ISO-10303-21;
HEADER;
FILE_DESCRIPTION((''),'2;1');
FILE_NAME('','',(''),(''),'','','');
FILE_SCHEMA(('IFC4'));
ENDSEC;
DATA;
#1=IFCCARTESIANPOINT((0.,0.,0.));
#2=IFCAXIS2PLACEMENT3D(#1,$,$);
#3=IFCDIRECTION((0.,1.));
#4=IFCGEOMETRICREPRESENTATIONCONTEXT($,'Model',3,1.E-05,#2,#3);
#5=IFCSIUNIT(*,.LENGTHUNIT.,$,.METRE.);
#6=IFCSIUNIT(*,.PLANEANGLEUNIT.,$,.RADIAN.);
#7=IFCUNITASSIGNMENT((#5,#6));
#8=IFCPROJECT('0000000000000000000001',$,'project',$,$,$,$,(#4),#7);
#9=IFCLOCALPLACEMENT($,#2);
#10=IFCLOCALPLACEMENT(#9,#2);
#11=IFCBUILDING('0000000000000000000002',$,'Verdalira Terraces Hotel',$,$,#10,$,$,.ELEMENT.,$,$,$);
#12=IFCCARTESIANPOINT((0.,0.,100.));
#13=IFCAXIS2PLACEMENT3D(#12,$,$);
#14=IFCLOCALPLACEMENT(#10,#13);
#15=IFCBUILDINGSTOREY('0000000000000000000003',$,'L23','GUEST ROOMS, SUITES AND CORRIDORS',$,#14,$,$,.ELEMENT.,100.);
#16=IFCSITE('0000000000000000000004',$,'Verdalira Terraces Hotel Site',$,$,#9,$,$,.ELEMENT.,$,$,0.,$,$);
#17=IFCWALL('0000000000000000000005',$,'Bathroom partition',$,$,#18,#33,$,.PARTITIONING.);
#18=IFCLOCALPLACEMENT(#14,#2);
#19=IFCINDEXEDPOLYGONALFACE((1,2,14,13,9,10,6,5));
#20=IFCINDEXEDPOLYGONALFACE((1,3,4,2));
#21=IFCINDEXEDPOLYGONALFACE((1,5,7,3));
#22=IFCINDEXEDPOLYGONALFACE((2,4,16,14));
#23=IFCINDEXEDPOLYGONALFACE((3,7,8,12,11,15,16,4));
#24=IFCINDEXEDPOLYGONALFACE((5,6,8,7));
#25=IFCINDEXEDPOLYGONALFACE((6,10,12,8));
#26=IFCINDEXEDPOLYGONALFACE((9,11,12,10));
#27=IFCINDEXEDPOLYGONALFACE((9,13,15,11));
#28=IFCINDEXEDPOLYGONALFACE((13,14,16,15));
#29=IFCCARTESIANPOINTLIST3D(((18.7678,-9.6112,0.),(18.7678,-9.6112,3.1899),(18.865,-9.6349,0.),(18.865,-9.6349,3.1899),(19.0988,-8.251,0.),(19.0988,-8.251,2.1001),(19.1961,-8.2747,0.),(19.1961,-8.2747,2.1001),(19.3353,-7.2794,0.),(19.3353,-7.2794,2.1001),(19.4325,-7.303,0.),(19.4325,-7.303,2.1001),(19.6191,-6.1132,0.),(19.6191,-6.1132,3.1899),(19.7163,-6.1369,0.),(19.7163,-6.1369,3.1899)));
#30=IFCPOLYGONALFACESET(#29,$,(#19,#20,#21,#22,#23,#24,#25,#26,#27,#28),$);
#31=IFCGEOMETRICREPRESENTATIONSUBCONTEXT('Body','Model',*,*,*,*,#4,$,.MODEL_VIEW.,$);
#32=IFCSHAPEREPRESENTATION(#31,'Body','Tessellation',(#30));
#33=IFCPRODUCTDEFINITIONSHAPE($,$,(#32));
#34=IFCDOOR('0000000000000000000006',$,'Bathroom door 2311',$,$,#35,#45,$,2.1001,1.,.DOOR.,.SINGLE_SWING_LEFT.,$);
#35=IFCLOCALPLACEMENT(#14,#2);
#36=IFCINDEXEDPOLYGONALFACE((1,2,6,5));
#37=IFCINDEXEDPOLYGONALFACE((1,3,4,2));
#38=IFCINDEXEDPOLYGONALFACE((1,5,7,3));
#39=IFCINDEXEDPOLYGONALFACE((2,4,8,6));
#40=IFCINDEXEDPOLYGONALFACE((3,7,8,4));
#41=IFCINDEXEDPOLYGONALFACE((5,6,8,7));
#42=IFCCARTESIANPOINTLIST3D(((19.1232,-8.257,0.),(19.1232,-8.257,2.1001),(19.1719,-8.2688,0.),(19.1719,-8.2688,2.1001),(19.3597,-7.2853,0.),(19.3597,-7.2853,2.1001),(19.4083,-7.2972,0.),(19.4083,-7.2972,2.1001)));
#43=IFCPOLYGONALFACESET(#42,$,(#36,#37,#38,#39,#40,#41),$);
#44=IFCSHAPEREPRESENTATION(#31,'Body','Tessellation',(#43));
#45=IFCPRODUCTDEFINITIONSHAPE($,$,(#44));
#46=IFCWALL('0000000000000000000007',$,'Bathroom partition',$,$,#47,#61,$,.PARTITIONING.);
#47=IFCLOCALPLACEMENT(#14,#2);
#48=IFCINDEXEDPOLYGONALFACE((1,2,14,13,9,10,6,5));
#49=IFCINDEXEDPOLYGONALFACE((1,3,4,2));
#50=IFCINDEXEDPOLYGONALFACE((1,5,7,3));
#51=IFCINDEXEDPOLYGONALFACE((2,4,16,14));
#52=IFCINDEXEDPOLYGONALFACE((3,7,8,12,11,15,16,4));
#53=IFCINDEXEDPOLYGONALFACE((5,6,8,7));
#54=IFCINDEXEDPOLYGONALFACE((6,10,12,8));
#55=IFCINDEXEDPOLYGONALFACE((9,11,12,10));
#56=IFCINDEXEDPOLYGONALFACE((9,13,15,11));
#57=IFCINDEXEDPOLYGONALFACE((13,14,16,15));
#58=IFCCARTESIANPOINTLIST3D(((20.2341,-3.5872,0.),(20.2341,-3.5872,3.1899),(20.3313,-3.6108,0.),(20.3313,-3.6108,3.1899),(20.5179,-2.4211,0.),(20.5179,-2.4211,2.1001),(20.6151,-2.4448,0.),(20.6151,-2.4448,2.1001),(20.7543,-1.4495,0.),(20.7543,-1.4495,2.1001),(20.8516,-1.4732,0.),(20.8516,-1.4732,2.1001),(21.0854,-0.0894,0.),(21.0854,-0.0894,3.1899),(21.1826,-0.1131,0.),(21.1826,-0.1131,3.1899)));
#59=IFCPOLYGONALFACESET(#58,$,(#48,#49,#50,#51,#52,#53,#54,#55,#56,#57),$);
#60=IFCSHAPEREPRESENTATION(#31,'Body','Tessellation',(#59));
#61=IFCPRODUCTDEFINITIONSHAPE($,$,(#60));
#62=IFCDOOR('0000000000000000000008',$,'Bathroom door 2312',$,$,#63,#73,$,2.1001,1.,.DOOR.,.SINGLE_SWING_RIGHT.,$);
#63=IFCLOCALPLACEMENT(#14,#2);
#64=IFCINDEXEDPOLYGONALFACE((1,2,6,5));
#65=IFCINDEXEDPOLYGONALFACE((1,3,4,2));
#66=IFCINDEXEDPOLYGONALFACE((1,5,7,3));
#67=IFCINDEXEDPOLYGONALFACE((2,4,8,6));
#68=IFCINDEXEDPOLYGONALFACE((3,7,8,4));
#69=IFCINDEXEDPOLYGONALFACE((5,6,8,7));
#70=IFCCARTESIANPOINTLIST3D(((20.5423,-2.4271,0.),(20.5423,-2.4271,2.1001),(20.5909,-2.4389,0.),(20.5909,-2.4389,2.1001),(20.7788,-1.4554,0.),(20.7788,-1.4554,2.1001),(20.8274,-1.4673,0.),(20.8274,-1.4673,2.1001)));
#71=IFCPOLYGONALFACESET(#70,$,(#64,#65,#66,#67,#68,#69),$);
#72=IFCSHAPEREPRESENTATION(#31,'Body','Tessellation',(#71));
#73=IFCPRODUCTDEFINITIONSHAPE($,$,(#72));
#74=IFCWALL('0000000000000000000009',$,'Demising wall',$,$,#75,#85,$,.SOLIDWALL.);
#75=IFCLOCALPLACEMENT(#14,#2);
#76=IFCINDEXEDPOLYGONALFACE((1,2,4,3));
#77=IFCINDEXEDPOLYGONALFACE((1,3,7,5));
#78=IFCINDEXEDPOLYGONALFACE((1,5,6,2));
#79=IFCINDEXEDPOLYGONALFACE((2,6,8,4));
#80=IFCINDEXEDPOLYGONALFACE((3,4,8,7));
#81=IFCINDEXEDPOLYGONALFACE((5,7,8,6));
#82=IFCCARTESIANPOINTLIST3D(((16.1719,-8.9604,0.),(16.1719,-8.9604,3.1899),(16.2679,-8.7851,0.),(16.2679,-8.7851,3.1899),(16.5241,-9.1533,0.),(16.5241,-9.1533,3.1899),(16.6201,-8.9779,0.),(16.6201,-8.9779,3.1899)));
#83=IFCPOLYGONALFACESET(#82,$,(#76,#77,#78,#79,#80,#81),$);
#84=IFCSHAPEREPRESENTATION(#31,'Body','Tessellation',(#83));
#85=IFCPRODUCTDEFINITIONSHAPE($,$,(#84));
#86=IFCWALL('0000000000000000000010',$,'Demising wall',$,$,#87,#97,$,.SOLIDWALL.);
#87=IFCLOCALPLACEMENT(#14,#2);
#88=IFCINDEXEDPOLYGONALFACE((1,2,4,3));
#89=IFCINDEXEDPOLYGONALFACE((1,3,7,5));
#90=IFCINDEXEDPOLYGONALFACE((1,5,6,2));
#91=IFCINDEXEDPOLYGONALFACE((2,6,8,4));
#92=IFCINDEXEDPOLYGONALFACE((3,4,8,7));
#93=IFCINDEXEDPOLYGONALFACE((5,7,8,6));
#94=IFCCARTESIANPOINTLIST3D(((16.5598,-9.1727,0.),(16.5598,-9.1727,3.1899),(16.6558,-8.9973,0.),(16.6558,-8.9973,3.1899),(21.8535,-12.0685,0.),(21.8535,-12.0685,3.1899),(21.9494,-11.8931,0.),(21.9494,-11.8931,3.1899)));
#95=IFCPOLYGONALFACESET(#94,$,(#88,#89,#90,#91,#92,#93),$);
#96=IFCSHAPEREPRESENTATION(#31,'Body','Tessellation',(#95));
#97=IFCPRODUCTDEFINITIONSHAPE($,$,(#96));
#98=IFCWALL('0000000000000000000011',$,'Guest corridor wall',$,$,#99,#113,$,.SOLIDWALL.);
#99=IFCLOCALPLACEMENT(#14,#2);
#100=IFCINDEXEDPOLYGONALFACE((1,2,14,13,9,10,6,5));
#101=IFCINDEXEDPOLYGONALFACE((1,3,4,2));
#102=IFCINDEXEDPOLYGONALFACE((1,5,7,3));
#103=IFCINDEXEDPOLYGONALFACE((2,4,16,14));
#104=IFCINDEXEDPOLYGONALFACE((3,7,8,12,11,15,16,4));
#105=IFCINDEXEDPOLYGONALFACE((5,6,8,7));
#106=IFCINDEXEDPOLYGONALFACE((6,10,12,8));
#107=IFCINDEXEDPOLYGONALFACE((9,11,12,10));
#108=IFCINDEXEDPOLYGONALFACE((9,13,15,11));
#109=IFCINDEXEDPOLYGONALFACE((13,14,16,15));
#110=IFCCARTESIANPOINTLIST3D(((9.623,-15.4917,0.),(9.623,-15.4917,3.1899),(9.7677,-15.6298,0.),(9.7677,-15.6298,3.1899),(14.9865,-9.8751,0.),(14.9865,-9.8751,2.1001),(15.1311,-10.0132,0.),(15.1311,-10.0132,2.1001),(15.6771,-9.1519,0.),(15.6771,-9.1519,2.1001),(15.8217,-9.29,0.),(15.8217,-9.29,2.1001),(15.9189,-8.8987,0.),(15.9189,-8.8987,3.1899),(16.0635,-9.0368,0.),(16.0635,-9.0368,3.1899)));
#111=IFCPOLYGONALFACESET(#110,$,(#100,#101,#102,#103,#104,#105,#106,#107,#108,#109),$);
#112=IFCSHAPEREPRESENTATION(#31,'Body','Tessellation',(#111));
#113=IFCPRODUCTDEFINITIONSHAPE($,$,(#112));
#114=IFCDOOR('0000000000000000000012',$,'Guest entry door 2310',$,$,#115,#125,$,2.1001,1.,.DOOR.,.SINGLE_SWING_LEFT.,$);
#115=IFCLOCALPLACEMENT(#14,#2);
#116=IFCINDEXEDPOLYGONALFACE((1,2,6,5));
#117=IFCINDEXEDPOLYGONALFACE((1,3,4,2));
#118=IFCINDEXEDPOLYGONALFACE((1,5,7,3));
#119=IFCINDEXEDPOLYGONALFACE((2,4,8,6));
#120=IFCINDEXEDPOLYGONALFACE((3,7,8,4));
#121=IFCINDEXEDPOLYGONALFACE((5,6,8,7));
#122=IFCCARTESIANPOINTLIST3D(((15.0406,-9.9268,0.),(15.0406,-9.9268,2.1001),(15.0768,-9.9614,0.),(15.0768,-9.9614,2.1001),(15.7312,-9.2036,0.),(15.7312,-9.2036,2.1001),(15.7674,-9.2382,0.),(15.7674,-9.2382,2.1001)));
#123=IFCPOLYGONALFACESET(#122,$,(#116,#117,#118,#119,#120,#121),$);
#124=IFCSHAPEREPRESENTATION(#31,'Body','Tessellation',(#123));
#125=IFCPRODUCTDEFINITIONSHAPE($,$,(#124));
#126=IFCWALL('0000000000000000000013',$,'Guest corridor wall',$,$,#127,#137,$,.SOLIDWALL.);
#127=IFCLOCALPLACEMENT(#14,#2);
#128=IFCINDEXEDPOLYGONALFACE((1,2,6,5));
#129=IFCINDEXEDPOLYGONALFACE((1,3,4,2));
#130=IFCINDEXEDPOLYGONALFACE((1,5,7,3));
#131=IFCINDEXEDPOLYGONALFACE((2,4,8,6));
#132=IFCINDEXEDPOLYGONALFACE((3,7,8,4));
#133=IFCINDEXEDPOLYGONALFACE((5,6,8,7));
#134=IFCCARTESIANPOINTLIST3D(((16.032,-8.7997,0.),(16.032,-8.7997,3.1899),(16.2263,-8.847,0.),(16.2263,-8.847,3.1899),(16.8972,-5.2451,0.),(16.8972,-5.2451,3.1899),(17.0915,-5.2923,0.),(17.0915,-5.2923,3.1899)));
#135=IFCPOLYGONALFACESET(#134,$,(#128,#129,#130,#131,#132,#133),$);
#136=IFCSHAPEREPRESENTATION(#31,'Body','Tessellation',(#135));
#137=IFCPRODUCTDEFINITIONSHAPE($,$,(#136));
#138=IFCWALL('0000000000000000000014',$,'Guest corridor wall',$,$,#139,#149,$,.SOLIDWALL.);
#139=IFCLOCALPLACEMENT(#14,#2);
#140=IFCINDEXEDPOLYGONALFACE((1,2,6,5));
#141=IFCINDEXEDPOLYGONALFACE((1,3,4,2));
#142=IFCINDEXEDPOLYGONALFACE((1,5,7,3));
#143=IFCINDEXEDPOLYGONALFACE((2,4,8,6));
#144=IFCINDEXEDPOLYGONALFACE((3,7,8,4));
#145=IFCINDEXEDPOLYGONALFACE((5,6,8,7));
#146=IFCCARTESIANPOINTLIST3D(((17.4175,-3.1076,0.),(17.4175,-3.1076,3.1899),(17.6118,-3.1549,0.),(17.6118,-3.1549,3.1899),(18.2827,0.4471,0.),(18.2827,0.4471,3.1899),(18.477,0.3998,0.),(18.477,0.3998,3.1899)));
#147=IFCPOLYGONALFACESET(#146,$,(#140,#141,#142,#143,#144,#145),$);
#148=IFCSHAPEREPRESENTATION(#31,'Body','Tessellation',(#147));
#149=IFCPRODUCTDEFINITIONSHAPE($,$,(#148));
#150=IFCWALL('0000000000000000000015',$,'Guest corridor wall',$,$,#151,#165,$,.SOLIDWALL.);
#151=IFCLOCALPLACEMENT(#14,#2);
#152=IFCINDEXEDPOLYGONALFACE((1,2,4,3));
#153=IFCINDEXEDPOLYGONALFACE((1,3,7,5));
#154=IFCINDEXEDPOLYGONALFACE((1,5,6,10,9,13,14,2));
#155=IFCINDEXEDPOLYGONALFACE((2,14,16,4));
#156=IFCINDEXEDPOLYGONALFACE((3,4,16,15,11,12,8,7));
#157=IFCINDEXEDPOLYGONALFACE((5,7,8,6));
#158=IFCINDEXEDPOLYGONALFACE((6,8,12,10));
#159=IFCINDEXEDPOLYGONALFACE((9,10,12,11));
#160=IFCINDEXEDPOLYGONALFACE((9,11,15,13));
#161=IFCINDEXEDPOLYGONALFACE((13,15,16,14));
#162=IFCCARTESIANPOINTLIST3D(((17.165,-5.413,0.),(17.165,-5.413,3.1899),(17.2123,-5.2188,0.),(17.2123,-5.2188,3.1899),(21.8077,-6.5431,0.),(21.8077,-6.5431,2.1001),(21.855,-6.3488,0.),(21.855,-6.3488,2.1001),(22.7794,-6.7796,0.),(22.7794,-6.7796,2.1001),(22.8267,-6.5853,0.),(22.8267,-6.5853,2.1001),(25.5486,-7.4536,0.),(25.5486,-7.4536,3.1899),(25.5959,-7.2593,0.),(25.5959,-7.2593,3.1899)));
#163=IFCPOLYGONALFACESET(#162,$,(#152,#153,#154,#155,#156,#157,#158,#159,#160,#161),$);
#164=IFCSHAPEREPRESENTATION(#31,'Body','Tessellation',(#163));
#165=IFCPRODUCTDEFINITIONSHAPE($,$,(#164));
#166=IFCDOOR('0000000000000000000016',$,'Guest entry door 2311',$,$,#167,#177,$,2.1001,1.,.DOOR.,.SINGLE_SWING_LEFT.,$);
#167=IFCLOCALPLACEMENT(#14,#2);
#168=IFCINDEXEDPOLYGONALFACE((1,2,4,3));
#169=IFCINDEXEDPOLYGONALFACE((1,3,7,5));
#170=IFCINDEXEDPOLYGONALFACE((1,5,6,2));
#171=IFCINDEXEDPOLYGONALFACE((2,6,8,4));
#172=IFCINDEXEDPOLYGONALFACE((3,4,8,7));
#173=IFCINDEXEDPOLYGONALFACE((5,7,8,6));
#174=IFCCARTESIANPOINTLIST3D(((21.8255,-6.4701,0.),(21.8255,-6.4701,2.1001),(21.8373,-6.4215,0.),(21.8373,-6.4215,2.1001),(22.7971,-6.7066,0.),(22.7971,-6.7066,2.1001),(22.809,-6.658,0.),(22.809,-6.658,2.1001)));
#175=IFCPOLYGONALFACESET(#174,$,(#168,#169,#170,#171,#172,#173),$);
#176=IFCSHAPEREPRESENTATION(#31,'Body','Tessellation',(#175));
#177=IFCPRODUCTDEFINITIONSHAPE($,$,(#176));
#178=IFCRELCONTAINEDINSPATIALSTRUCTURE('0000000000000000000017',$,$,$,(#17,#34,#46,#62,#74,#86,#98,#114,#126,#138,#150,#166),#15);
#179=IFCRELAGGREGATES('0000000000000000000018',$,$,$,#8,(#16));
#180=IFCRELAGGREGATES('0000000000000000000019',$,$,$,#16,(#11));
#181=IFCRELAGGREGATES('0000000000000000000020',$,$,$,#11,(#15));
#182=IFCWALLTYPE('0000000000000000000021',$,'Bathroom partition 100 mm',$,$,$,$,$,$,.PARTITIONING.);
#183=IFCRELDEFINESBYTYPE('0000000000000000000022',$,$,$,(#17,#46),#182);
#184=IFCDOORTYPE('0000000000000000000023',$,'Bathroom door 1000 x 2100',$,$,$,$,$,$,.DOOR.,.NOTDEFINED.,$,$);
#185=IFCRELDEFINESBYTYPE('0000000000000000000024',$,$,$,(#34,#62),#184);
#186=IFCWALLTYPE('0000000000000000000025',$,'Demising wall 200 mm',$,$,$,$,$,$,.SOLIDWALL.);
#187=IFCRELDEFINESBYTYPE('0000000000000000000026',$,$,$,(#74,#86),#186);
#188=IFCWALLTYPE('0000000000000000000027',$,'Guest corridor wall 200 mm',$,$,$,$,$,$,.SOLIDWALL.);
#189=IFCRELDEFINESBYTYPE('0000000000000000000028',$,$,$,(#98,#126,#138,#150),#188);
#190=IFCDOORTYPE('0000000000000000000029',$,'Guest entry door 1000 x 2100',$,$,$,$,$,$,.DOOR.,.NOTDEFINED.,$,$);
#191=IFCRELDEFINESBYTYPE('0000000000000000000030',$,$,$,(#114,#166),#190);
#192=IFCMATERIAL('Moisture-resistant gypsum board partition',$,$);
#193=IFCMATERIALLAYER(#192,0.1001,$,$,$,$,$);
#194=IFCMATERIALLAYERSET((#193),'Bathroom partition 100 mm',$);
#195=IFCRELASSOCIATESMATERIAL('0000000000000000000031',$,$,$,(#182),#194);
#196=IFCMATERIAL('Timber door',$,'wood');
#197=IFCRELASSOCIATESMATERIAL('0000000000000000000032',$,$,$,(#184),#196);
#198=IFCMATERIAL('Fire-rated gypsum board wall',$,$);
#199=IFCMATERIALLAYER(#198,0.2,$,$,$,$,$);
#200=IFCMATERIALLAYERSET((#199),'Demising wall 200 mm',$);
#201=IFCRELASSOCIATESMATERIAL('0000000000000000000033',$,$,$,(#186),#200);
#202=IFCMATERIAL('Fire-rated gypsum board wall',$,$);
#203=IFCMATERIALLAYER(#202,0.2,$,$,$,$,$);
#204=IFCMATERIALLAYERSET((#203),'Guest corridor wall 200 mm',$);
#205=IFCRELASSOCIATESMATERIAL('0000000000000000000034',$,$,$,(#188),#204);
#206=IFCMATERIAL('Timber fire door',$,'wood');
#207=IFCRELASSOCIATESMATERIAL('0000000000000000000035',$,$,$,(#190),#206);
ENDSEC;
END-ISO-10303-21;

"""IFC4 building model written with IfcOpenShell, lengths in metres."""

from ifc_helpers import new_model, si_unit, direction, frame, frame_2d, origin, place, context, subcontext, project, spatial, rectangle, extrude, material, layer, layer_set, type_object, element, fill, save


model = new_model("IFC4")

# Units and contexts
model_context = context("Model", 3, precision=1e-05, world=origin(), true_north=direction((0.0, 1.0)))
body_context = subcontext(model_context, "Body", "Model", "MODEL_VIEW")
ifc_project = project(units=[si_unit("LENGTHUNIT", "METRE"), si_unit("PLANEANGLEUNIT", "RADIAN")], contexts=[model_context])

# Site, building, storey
site_placement = place(None, origin())
site = spatial("IfcSite", under=ifc_project, at=site_placement, Name="Verdalira Terraces Hotel Site", CompositionType="ELEMENT", RefElevation=0.0)
building_placement = place(site_placement, origin())
building = spatial("IfcBuilding", under=site, at=building_placement, Name="Verdalira Terraces Hotel", CompositionType="ELEMENT")
storey_placement = place(building_placement, frame((0.0, 0.0, 100.0)))
storey = spatial("IfcBuildingStorey", under=building, at=storey_placement, Name="L23", Description="GUEST ROOMS, SUITES AND CORRIDORS", CompositionType="ELEMENT", Elevation=100.0)

# Shared definitions
ifc_material_1 = material(Name="Moisture-resistant gypsum board partition")
ifc_layer_1 = layer(ifc_material_1, 0.1001)
ifc_layer_set_1 = layer_set([ifc_layer_1], Name="Bathroom partition 100 mm")
wall_type_1 = type_object("IfcWallType", Name="Bathroom partition 100 mm", PredefinedType="PARTITIONING", material=ifc_layer_set_1)

# Walls, openings, doors
wall_1_placement = place(storey_placement, frame((18.8164, -9.623, 0.0), z_axis=(0.0, 0.0, 1.0), x_axis=(0.236468, 0.971639, 0.0)))
wall_1 = element("IfcWall", 1, at=wall_1_placement, inside=storey, type_object=wall_type_1, Name="Bathroom partition", PredefinedType="PARTITIONING", context=body_context, shape_type="SweptSolid", body=[
    extrude(rectangle(XDim=3.6001, YDim=0.1001, at=frame_2d((1.8, 0.0))), origin(), (0.0, 0.0, 1.0), 3.1899),
])
opening_1_placement = place(wall_1_placement, frame((1.3999, 0.0, 0.0)))
opening_1 = element("IfcOpeningElement", 2, at=opening_1_placement, cuts=wall_1, PredefinedType="OPENING", context=body_context, shape_type="SweptSolid", body=[
    extrude(rectangle(XDim=1.0, YDim=2.1001, at=frame_2d((0.5, 1.05))), frame((0.0, 0.0601, 0.0), z_axis=(0.0, -1.0, 0.0), x_axis=(1.0, 0.0, 0.0)), (0.0, 0.0, 1.0), 0.1201),
])
ifc_material_2 = material(Name="Timber door", Category="wood")
door_type_1 = type_object("IfcDoorType", Name="Bathroom door 1000 x 2100", OperationType="NOTDEFINED", PredefinedType="DOOR", material=ifc_material_2)
door_1_placement = place(opening_1_placement, origin())
door_1 = element("IfcDoor", 3, at=door_1_placement, inside=storey, type_object=door_type_1, Name="Bathroom door 2311", OperationType="SINGLE_SWING_LEFT", OverallHeight=2.1001, OverallWidth=1.0, PredefinedType="DOOR", context=body_context, shape_type="SweptSolid", body=[
    extrude(rectangle(XDim=1.0, YDim=2.1001, at=frame_2d((0.5, 1.05))), frame((0.0, 0.0249, 0.0), z_axis=(0.0, -1.0, 0.0), x_axis=(1.0, 0.0, 0.0)), (0.0, 0.0, 1.0), 0.05),
])
fill(opening_1, door_1)
wall_2_placement = place(storey_placement, frame((20.2827, -3.5989, 0.0), z_axis=(0.0, 0.0, 1.0), x_axis=(0.236483, 0.971636, 0.0)))
wall_2 = element("IfcWall", 4, at=wall_2_placement, inside=storey, type_object=wall_type_1, Name="Bathroom partition", PredefinedType="PARTITIONING", context=body_context, shape_type="SweptSolid", body=[
    extrude(rectangle(XDim=3.5999, YDim=0.1001, at=frame_2d((1.7998, 0.0))), origin(), (0.0, 0.0, 1.0), 3.1899),
])
opening_2_placement = place(wall_2_placement, frame((1.2, 0.0, 0.0)))
opening_2 = element("IfcOpeningElement", 5, at=opening_2_placement, cuts=wall_2, PredefinedType="OPENING", context=body_context, shape_type="SweptSolid", body=[
    extrude(rectangle(XDim=1.0, YDim=2.1001, at=frame_2d((0.5, 1.05))), frame((0.0, 0.0601, 0.0), z_axis=(0.0, -1.0, 0.0), x_axis=(1.0, 0.0, 0.0)), (0.0, 0.0, 1.0), 0.1201),
])
door_2_placement = place(opening_2_placement, origin())
door_2 = element("IfcDoor", 6, at=door_2_placement, inside=storey, type_object=door_type_1, Name="Bathroom door 2312", OperationType="SINGLE_SWING_RIGHT", OverallHeight=2.1001, OverallWidth=1.0, PredefinedType="DOOR", context=body_context, shape_type="SweptSolid", body=[
    extrude(rectangle(XDim=1.0, YDim=2.1001, at=frame_2d((0.5, 1.05))), frame((0.0, 0.0249, 0.0), z_axis=(0.0, -1.0, 0.0), x_axis=(1.0, 0.0, 0.0)), (0.0, 0.0, 1.0), 0.05),
])
fill(opening_2, door_2)

# Walls
ifc_material_3 = material(Name="Fire-rated gypsum board wall")
ifc_layer_2 = layer(ifc_material_3, 0.2)
ifc_layer_set_2 = layer_set([ifc_layer_2], Name="Demising wall 200 mm")
wall_type_2 = type_object("IfcWallType", Name="Demising wall 200 mm", PredefinedType="SOLIDWALL", material=ifc_layer_set_2)
wall_3_placement = place(storey_placement, frame((16.22, -8.8728, 0.0), z_axis=(0.0, 0.0, 1.0), x_axis=(0.877151, -0.480214, 0.0)))
element("IfcWall", 7, at=wall_3_placement, inside=storey, type_object=wall_type_2, Name="Demising wall", PredefinedType="SOLIDWALL", context=body_context, shape_type="SweptSolid", body=[
    extrude(rectangle(XDim=0.4016, YDim=0.2, at=frame_2d((0.2007, 0.0))), origin(), (0.0, 0.0, 1.0), 3.1899),
])
wall_4_placement = place(storey_placement, frame((16.6077, -9.085, 0.0), z_axis=(0.0, 0.0, 1.0), x_axis=(0.877318, -0.479909, 0.0)))
element("IfcWall", 8, at=wall_4_placement, inside=storey, type_object=wall_type_2, Name="Demising wall", PredefinedType="SOLIDWALL", context=body_context, shape_type="SweptSolid", body=[
    extrude(rectangle(XDim=6.0339, YDim=0.2, at=frame_2d((3.0171, 0.0))), origin(), (0.0, 0.0, 1.0), 3.1899),
])

# Wall, opening, door
ifc_material_4 = material(Name="Fire-rated gypsum board wall")
ifc_layer_3 = layer(ifc_material_4, 0.2)
ifc_layer_set_3 = layer_set([ifc_layer_3], Name="Guest corridor wall 200 mm")
wall_type_3 = type_object("IfcWallType", Name="Guest corridor wall 200 mm", PredefinedType="SOLIDWALL", material=ifc_layer_set_3)
wall_5_placement = place(storey_placement, frame((15.9912, -8.9678, 0.0), z_axis=(0.0, 0.0, 1.0), x_axis=(-0.690623, -0.723215, 0.0)))
wall_5 = element("IfcWall", 9, at=wall_5_placement, inside=storey, type_object=wall_type_3, Name="Guest corridor wall", PredefinedType="SOLIDWALL", context=body_context, shape_type="SweptSolid", body=[
    extrude(rectangle(XDim=9.1162, YDim=0.2, at=frame_2d((4.5581, 0.0))), origin(), (0.0, 0.0, 1.0), 3.1899),
])
opening_3_placement = place(wall_5_placement, frame((0.3501, 0.0, 0.0)))
opening_3 = element("IfcOpeningElement", 10, at=opening_3_placement, cuts=wall_5, PredefinedType="OPENING", context=body_context, shape_type="SweptSolid", body=[
    extrude(rectangle(XDim=1.0, YDim=2.1001, at=frame_2d((0.5, 1.05))), frame((0.0, 0.1099, 0.0), z_axis=(0.0, -1.0, 0.0), x_axis=(1.0, 0.0, 0.0)), (0.0, 0.0, 1.0), 0.22),
])
ifc_material_5 = material(Name="Timber fire door", Category="wood")
door_type_2 = type_object("IfcDoorType", Name="Guest entry door 1000 x 2100", OperationType="NOTDEFINED", PredefinedType="DOOR", material=ifc_material_5)
door_3_placement = place(opening_3_placement, origin())
door_3 = element("IfcDoor", 11, at=door_3_placement, inside=storey, type_object=door_type_2, Name="Guest entry door 2310", OperationType="SINGLE_SWING_LEFT", OverallHeight=2.1001, OverallWidth=1.0, PredefinedType="DOOR", context=body_context, shape_type="SweptSolid", body=[
    extrude(rectangle(XDim=1.0, YDim=2.1001, at=frame_2d((0.5, 1.05))), frame((0.0, 0.0249, 0.0), z_axis=(0.0, -1.0, 0.0), x_axis=(1.0, 0.0, 0.0)), (0.0, 0.0, 1.0), 0.05),
])
fill(opening_3, door_3)

# Walls
for number, where, z_axis, x_axis, name in (
    (12, (16.1291, -8.8232, 0.0), (0.0, 0.0, 1.0), (0.236501, 0.971631, 0.0), "Guest corridor wall"),
    (13, (17.5146, -3.1311, 0.0), (0.0, 0.0, 1.0), (0.236501, 0.971631, 0.0), "Guest corridor wall"),
):
    element("IfcWall", number, at=place(storey_placement, frame(where, z_axis=z_axis, x_axis=x_axis)), inside=storey, type_object=wall_type_3, Name=name, PredefinedType="SOLIDWALL", context=body_context, shape_type="SweptSolid", body=[
        extrude(rectangle(XDim=3.6584, YDim=0.2, at=frame_2d((1.8291, 0.0))), origin(), (0.0, 0.0, 1.0), 3.1899),
    ])

# Wall, opening, door
wall_6_placement = place(storey_placement, frame((25.5723, -7.3564, 0.0), z_axis=(0.0, 0.0, 1.0), x_axis=(-0.971633, 0.236492, 0.0)))
wall_6 = element("IfcWall", 14, at=wall_6_placement, inside=storey, type_object=wall_type_3, Name="Guest corridor wall", PredefinedType="SOLIDWALL", context=body_context, shape_type="SweptSolid", body=[
    extrude(rectangle(XDim=8.6284, YDim=0.2, at=frame_2d((4.3142, 0.0))), origin(), (0.0, 0.0, 1.0), 3.1899),
])
opening_4_placement = place(wall_6_placement, frame((2.8501, 0.0, 0.0)))
opening_4 = element("IfcOpeningElement", 15, at=opening_4_placement, cuts=wall_6, PredefinedType="OPENING", context=body_context, shape_type="SweptSolid", body=[
    extrude(rectangle(XDim=1.0, YDim=2.1001, at=frame_2d((0.5, 1.05))), frame((0.0, 0.1099, 0.0), z_axis=(0.0, -1.0, 0.0), x_axis=(1.0, 0.0, 0.0)), (0.0, 0.0, 1.0), 0.22),
])
door_4_placement = place(opening_4_placement, origin())
door_4 = element("IfcDoor", 16, at=door_4_placement, inside=storey, type_object=door_type_2, Name="Guest entry door 2311", OperationType="SINGLE_SWING_LEFT", OverallHeight=2.1001, OverallWidth=1.0, PredefinedType="DOOR", context=body_context, shape_type="SweptSolid", body=[
    extrude(rectangle(XDim=1.0, YDim=2.1001, at=frame_2d((0.5, 1.05))), frame((0.0, 0.0249, 0.0), z_axis=(0.0, -1.0, 0.0), x_axis=(1.0, 0.0, 0.0)), (0.0, 0.0, 1.0), 0.05),
])
fill(opening_4, door_4)

save(model, "model.ifc")
